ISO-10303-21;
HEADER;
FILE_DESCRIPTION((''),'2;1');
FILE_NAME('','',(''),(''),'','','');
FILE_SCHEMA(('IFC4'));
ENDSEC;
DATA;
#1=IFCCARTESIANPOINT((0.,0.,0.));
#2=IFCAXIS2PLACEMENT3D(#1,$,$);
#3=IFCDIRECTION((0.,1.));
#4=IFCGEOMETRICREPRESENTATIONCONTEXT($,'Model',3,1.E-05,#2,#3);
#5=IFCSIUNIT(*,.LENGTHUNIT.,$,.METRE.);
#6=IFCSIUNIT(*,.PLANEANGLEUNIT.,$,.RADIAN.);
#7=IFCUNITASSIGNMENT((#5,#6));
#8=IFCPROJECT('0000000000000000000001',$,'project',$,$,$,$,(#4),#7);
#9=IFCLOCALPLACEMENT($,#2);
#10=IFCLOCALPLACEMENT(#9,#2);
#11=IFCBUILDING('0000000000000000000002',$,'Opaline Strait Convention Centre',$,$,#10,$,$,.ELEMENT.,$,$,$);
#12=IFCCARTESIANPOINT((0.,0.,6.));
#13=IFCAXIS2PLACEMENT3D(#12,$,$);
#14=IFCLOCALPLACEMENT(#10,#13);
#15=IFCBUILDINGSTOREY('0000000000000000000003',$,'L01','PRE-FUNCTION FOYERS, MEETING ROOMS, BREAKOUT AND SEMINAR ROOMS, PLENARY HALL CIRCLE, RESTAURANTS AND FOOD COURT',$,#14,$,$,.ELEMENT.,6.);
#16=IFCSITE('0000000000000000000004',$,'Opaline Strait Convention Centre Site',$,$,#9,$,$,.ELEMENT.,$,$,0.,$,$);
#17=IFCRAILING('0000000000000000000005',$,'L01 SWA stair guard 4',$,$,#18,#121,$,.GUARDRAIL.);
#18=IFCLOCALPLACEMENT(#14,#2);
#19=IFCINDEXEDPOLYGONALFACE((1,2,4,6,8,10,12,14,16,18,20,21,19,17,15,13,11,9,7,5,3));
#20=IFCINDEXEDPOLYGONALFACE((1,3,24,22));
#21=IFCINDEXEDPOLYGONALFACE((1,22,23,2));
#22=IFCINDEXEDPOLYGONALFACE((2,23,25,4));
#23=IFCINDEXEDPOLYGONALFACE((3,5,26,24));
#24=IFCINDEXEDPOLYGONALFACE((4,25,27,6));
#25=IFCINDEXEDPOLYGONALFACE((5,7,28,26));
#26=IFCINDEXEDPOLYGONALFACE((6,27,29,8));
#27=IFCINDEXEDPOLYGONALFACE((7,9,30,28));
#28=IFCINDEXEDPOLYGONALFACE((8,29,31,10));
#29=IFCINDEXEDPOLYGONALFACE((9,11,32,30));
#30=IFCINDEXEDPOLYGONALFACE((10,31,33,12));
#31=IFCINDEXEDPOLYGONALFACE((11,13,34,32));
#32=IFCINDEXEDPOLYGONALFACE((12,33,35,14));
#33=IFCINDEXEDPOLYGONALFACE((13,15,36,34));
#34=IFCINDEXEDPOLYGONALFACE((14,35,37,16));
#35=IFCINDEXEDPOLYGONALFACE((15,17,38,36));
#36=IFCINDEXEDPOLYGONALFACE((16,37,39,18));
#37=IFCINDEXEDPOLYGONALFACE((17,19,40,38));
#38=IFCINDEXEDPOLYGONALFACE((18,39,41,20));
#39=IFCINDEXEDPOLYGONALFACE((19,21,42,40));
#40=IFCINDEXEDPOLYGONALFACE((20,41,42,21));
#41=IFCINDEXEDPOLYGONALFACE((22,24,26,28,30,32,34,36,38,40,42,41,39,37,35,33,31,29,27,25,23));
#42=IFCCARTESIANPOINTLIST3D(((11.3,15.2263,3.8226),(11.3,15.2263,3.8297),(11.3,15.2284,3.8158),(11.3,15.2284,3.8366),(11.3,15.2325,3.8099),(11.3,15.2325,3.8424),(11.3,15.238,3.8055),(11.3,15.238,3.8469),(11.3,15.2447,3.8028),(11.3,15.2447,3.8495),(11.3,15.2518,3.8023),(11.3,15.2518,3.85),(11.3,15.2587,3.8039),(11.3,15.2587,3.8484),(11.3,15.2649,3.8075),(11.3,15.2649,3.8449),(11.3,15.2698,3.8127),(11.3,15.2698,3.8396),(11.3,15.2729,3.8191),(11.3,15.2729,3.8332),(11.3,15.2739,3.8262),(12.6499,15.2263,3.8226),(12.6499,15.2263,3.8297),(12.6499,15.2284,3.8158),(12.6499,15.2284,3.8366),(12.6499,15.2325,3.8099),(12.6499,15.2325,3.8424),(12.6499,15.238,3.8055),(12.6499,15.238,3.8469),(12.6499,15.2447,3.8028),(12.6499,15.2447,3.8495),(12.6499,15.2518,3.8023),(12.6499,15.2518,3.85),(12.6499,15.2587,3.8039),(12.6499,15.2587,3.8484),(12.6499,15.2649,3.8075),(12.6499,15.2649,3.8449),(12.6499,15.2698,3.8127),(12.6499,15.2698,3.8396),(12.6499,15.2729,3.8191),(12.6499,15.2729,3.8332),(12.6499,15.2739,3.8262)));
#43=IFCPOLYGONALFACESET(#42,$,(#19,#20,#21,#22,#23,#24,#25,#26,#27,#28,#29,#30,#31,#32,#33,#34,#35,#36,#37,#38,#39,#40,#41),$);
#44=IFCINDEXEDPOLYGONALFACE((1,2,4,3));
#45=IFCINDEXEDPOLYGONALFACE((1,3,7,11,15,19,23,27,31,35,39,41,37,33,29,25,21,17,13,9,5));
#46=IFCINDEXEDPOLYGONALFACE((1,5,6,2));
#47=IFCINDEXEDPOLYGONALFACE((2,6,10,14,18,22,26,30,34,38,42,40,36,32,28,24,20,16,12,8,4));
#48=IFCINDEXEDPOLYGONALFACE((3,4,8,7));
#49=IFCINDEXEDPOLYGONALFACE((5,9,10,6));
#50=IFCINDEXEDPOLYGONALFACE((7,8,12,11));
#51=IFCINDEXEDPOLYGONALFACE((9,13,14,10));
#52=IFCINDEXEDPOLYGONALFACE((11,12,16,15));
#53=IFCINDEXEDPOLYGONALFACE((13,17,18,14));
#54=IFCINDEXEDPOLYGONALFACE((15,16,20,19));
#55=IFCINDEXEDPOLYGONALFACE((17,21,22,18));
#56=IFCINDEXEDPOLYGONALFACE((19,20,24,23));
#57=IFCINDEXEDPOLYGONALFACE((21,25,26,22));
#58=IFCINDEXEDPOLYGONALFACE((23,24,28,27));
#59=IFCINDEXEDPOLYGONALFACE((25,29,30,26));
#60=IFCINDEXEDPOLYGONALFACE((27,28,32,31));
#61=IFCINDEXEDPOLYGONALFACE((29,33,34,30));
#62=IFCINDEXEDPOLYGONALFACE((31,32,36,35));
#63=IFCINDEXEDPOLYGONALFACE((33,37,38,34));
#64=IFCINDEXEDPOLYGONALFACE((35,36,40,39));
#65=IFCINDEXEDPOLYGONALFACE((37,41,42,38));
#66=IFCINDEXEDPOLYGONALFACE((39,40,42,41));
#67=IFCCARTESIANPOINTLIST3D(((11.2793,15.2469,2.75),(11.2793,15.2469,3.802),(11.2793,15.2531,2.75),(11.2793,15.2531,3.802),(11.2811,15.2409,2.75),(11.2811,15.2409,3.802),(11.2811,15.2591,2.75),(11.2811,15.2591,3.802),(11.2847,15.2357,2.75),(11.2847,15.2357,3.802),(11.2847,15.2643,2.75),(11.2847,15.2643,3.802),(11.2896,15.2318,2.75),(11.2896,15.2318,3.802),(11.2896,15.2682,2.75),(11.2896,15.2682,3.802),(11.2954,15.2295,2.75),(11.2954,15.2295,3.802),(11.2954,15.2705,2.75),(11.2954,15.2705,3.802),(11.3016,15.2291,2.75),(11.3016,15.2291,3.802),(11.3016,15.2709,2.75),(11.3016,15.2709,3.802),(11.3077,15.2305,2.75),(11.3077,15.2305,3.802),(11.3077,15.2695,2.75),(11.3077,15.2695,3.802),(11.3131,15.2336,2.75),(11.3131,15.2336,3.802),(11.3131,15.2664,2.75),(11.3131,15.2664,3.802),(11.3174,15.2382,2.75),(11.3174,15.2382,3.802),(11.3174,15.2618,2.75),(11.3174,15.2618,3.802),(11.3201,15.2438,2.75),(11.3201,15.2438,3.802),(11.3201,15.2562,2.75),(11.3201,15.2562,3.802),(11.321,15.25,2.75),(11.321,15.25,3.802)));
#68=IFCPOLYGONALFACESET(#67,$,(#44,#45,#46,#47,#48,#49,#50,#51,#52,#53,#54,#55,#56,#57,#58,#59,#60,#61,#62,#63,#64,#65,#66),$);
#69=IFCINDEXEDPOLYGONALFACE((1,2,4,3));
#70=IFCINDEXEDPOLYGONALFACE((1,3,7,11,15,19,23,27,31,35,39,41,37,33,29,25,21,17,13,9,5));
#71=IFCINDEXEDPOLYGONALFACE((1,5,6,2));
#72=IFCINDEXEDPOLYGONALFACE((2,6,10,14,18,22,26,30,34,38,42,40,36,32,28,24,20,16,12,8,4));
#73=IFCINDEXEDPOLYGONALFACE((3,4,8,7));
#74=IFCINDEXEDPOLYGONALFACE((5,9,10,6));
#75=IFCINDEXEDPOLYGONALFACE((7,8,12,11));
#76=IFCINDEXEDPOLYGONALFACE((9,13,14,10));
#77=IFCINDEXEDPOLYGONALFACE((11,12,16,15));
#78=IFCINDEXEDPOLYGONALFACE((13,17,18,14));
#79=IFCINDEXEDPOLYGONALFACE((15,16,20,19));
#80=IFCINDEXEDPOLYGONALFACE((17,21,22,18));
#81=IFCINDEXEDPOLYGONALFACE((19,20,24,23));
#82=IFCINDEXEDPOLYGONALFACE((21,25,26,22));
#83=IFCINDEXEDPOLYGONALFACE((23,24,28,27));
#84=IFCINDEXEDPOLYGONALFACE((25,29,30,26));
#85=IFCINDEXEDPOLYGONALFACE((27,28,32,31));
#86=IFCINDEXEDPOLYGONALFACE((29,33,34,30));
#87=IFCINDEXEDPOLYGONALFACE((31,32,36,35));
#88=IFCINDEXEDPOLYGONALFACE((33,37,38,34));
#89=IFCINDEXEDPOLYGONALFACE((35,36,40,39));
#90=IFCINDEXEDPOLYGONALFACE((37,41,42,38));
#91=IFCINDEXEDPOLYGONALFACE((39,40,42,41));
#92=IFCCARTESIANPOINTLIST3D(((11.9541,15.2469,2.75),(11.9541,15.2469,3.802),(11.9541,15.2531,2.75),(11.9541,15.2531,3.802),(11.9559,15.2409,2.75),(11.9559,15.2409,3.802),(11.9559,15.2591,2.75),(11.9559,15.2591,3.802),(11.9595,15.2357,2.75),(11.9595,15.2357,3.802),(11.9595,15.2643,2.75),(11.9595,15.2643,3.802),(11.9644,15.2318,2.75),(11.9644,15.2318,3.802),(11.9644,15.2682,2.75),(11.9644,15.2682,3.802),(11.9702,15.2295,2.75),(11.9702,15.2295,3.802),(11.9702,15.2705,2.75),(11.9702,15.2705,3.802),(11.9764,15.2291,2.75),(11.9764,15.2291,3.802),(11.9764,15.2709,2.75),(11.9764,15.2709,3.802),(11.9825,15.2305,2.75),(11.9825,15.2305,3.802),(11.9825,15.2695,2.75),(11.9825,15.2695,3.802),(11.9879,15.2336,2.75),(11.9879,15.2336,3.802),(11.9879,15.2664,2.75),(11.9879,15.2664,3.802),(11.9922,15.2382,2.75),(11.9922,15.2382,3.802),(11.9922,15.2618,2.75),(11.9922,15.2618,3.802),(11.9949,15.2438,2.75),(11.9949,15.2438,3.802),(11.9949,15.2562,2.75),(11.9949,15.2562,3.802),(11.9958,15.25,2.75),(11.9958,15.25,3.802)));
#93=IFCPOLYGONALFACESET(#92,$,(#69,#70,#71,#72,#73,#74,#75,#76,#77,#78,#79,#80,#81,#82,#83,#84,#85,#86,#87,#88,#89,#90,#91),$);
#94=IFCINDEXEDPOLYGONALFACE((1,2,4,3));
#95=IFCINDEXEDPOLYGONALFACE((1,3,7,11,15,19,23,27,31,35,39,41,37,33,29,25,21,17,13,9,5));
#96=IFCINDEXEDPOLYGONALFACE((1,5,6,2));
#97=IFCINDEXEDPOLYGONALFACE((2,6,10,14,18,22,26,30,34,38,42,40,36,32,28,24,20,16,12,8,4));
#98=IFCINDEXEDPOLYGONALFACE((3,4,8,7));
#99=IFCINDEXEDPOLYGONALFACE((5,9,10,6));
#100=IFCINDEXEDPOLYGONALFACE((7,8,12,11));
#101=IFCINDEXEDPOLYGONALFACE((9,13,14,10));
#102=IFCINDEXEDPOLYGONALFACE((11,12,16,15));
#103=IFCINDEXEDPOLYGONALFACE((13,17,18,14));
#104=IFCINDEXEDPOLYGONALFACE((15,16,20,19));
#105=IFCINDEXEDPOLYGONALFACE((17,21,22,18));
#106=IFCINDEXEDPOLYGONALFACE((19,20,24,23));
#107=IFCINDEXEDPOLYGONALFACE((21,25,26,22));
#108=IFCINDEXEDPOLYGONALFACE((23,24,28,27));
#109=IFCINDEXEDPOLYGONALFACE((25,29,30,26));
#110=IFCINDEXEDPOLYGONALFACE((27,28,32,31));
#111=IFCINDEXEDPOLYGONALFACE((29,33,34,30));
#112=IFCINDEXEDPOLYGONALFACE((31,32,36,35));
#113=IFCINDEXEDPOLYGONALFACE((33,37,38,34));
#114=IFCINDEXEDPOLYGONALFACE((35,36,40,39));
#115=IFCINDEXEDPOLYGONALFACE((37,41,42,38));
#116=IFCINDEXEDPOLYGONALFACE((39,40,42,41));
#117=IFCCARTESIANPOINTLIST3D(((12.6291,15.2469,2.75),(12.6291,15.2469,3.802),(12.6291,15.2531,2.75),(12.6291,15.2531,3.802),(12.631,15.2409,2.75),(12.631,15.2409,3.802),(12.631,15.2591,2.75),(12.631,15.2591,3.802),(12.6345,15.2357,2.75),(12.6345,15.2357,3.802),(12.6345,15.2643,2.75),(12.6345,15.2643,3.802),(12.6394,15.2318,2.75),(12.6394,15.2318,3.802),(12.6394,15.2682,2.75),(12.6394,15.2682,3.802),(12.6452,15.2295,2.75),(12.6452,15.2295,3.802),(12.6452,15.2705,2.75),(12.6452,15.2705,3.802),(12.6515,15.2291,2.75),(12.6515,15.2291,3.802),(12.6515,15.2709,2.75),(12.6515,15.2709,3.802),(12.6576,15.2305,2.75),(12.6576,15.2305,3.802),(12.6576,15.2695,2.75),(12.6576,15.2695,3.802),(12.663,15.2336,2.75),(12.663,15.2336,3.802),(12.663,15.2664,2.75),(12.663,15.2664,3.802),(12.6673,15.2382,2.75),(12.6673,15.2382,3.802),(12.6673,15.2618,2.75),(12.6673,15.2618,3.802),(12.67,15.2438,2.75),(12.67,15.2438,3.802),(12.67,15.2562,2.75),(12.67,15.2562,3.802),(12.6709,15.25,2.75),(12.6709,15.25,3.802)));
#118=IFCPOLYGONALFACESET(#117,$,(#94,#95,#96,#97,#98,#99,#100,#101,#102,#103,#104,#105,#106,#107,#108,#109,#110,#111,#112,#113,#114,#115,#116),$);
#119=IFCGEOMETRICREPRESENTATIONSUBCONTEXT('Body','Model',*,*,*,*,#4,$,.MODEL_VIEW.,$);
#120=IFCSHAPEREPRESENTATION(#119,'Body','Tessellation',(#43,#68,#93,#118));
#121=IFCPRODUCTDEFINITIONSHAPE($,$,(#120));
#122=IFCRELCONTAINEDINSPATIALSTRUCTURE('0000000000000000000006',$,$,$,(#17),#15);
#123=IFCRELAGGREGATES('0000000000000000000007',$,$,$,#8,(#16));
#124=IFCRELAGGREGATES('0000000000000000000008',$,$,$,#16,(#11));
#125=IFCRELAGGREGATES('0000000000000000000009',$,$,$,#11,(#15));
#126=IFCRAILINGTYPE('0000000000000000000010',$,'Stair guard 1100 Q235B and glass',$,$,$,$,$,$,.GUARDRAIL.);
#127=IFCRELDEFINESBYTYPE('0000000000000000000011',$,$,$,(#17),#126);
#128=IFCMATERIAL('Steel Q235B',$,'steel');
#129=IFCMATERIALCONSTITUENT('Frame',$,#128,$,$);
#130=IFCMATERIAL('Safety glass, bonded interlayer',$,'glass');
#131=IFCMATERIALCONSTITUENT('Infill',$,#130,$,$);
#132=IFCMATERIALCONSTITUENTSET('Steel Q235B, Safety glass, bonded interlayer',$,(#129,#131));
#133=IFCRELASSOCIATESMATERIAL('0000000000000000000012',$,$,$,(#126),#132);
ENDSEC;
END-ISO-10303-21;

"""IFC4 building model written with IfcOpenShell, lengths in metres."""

from ifc_helpers import new_model, si_unit, direction, frame, origin, origin_2d, place, context, subcontext, project, spatial, circle, extrude, material, constituent, constituent_set, type_object, element, save


model = new_model("IFC4")

# Units and contexts
model_context = context("Model", 3, precision=1e-05, world=origin(), true_north=direction((0.0, 1.0)))
body_context = subcontext(model_context, "Body", "Model", "MODEL_VIEW")
ifc_project = project(units=[si_unit("LENGTHUNIT", "METRE"), si_unit("PLANEANGLEUNIT", "RADIAN")], contexts=[model_context])

# Site, building, storey
site_placement = place(None, origin())
site = spatial("IfcSite", under=ifc_project, at=site_placement, Name="Opaline Strait Convention Centre Site", CompositionType="ELEMENT", RefElevation=0.0)
building_placement = place(site_placement, origin())
building = spatial("IfcBuilding", under=site, at=building_placement, Name="Opaline Strait Convention Centre", CompositionType="ELEMENT")
storey_placement = place(building_placement, frame((0.0, 0.0, 6.0)))
storey = spatial("IfcBuildingStorey", under=building, at=storey_placement, Name="L01", Description="PRE-FUNCTION FOYERS, MEETING ROOMS, BREAKOUT AND SEMINAR ROOMS, PLENARY HALL CIRCLE, RESTAURANTS AND FOOD COURT", CompositionType="ELEMENT", Elevation=6.0)

# Railing
ifc_material_1 = material(Name="Steel Q235B", Category="steel")
ifc_constituent_1 = constituent(ifc_material_1, Name="Frame")
ifc_material_2 = material(Name="Safety glass, bonded interlayer", Category="glass")
ifc_constituent_2 = constituent(ifc_material_2, Name="Infill")
ifc_constituent_set = constituent_set(constituents=[ifc_constituent_1, ifc_constituent_2], Name="Steel Q235B, Safety glass, bonded interlayer")
railing_type_1 = type_object("IfcRailingType", Name="Stair guard 1100 Q235B and glass", PredefinedType="GUARDRAIL", material=ifc_constituent_set)
railing_1_placement = place(storey_placement, frame((11.3, 15.25, 2.75)))
element("IfcRailing", 1, at=railing_1_placement, inside=storey, type_object=railing_type_1, Name="L01 SWA stair guard 4", PredefinedType="GUARDRAIL", context=body_context, shape_type="SweptSolid", body=[
    extrude(circle(Radius=0.0239, at=origin_2d()), frame((0.0, 0.0, 1.0762), z_axis=(1.0, 0.0, 0.0), x_axis=(0.0, 1.0, 0.0)), (0.0, 0.0, 1.0), 1.3499),
    extrude(circle(Radius=0.021, at=origin_2d()), origin(), (0.0, 0.0, 1.0), 1.052),
    extrude(circle(Radius=0.021, at=origin_2d()), frame((0.6748, 0.0, 0.0)), (0.0, 0.0, 1.0), 1.052),
    extrude(circle(Radius=0.021, at=origin_2d()), frame((1.3499, 0.0, 0.0)), (0.0, 0.0, 1.0), 1.052),
])

save(model, "model.ifc")
